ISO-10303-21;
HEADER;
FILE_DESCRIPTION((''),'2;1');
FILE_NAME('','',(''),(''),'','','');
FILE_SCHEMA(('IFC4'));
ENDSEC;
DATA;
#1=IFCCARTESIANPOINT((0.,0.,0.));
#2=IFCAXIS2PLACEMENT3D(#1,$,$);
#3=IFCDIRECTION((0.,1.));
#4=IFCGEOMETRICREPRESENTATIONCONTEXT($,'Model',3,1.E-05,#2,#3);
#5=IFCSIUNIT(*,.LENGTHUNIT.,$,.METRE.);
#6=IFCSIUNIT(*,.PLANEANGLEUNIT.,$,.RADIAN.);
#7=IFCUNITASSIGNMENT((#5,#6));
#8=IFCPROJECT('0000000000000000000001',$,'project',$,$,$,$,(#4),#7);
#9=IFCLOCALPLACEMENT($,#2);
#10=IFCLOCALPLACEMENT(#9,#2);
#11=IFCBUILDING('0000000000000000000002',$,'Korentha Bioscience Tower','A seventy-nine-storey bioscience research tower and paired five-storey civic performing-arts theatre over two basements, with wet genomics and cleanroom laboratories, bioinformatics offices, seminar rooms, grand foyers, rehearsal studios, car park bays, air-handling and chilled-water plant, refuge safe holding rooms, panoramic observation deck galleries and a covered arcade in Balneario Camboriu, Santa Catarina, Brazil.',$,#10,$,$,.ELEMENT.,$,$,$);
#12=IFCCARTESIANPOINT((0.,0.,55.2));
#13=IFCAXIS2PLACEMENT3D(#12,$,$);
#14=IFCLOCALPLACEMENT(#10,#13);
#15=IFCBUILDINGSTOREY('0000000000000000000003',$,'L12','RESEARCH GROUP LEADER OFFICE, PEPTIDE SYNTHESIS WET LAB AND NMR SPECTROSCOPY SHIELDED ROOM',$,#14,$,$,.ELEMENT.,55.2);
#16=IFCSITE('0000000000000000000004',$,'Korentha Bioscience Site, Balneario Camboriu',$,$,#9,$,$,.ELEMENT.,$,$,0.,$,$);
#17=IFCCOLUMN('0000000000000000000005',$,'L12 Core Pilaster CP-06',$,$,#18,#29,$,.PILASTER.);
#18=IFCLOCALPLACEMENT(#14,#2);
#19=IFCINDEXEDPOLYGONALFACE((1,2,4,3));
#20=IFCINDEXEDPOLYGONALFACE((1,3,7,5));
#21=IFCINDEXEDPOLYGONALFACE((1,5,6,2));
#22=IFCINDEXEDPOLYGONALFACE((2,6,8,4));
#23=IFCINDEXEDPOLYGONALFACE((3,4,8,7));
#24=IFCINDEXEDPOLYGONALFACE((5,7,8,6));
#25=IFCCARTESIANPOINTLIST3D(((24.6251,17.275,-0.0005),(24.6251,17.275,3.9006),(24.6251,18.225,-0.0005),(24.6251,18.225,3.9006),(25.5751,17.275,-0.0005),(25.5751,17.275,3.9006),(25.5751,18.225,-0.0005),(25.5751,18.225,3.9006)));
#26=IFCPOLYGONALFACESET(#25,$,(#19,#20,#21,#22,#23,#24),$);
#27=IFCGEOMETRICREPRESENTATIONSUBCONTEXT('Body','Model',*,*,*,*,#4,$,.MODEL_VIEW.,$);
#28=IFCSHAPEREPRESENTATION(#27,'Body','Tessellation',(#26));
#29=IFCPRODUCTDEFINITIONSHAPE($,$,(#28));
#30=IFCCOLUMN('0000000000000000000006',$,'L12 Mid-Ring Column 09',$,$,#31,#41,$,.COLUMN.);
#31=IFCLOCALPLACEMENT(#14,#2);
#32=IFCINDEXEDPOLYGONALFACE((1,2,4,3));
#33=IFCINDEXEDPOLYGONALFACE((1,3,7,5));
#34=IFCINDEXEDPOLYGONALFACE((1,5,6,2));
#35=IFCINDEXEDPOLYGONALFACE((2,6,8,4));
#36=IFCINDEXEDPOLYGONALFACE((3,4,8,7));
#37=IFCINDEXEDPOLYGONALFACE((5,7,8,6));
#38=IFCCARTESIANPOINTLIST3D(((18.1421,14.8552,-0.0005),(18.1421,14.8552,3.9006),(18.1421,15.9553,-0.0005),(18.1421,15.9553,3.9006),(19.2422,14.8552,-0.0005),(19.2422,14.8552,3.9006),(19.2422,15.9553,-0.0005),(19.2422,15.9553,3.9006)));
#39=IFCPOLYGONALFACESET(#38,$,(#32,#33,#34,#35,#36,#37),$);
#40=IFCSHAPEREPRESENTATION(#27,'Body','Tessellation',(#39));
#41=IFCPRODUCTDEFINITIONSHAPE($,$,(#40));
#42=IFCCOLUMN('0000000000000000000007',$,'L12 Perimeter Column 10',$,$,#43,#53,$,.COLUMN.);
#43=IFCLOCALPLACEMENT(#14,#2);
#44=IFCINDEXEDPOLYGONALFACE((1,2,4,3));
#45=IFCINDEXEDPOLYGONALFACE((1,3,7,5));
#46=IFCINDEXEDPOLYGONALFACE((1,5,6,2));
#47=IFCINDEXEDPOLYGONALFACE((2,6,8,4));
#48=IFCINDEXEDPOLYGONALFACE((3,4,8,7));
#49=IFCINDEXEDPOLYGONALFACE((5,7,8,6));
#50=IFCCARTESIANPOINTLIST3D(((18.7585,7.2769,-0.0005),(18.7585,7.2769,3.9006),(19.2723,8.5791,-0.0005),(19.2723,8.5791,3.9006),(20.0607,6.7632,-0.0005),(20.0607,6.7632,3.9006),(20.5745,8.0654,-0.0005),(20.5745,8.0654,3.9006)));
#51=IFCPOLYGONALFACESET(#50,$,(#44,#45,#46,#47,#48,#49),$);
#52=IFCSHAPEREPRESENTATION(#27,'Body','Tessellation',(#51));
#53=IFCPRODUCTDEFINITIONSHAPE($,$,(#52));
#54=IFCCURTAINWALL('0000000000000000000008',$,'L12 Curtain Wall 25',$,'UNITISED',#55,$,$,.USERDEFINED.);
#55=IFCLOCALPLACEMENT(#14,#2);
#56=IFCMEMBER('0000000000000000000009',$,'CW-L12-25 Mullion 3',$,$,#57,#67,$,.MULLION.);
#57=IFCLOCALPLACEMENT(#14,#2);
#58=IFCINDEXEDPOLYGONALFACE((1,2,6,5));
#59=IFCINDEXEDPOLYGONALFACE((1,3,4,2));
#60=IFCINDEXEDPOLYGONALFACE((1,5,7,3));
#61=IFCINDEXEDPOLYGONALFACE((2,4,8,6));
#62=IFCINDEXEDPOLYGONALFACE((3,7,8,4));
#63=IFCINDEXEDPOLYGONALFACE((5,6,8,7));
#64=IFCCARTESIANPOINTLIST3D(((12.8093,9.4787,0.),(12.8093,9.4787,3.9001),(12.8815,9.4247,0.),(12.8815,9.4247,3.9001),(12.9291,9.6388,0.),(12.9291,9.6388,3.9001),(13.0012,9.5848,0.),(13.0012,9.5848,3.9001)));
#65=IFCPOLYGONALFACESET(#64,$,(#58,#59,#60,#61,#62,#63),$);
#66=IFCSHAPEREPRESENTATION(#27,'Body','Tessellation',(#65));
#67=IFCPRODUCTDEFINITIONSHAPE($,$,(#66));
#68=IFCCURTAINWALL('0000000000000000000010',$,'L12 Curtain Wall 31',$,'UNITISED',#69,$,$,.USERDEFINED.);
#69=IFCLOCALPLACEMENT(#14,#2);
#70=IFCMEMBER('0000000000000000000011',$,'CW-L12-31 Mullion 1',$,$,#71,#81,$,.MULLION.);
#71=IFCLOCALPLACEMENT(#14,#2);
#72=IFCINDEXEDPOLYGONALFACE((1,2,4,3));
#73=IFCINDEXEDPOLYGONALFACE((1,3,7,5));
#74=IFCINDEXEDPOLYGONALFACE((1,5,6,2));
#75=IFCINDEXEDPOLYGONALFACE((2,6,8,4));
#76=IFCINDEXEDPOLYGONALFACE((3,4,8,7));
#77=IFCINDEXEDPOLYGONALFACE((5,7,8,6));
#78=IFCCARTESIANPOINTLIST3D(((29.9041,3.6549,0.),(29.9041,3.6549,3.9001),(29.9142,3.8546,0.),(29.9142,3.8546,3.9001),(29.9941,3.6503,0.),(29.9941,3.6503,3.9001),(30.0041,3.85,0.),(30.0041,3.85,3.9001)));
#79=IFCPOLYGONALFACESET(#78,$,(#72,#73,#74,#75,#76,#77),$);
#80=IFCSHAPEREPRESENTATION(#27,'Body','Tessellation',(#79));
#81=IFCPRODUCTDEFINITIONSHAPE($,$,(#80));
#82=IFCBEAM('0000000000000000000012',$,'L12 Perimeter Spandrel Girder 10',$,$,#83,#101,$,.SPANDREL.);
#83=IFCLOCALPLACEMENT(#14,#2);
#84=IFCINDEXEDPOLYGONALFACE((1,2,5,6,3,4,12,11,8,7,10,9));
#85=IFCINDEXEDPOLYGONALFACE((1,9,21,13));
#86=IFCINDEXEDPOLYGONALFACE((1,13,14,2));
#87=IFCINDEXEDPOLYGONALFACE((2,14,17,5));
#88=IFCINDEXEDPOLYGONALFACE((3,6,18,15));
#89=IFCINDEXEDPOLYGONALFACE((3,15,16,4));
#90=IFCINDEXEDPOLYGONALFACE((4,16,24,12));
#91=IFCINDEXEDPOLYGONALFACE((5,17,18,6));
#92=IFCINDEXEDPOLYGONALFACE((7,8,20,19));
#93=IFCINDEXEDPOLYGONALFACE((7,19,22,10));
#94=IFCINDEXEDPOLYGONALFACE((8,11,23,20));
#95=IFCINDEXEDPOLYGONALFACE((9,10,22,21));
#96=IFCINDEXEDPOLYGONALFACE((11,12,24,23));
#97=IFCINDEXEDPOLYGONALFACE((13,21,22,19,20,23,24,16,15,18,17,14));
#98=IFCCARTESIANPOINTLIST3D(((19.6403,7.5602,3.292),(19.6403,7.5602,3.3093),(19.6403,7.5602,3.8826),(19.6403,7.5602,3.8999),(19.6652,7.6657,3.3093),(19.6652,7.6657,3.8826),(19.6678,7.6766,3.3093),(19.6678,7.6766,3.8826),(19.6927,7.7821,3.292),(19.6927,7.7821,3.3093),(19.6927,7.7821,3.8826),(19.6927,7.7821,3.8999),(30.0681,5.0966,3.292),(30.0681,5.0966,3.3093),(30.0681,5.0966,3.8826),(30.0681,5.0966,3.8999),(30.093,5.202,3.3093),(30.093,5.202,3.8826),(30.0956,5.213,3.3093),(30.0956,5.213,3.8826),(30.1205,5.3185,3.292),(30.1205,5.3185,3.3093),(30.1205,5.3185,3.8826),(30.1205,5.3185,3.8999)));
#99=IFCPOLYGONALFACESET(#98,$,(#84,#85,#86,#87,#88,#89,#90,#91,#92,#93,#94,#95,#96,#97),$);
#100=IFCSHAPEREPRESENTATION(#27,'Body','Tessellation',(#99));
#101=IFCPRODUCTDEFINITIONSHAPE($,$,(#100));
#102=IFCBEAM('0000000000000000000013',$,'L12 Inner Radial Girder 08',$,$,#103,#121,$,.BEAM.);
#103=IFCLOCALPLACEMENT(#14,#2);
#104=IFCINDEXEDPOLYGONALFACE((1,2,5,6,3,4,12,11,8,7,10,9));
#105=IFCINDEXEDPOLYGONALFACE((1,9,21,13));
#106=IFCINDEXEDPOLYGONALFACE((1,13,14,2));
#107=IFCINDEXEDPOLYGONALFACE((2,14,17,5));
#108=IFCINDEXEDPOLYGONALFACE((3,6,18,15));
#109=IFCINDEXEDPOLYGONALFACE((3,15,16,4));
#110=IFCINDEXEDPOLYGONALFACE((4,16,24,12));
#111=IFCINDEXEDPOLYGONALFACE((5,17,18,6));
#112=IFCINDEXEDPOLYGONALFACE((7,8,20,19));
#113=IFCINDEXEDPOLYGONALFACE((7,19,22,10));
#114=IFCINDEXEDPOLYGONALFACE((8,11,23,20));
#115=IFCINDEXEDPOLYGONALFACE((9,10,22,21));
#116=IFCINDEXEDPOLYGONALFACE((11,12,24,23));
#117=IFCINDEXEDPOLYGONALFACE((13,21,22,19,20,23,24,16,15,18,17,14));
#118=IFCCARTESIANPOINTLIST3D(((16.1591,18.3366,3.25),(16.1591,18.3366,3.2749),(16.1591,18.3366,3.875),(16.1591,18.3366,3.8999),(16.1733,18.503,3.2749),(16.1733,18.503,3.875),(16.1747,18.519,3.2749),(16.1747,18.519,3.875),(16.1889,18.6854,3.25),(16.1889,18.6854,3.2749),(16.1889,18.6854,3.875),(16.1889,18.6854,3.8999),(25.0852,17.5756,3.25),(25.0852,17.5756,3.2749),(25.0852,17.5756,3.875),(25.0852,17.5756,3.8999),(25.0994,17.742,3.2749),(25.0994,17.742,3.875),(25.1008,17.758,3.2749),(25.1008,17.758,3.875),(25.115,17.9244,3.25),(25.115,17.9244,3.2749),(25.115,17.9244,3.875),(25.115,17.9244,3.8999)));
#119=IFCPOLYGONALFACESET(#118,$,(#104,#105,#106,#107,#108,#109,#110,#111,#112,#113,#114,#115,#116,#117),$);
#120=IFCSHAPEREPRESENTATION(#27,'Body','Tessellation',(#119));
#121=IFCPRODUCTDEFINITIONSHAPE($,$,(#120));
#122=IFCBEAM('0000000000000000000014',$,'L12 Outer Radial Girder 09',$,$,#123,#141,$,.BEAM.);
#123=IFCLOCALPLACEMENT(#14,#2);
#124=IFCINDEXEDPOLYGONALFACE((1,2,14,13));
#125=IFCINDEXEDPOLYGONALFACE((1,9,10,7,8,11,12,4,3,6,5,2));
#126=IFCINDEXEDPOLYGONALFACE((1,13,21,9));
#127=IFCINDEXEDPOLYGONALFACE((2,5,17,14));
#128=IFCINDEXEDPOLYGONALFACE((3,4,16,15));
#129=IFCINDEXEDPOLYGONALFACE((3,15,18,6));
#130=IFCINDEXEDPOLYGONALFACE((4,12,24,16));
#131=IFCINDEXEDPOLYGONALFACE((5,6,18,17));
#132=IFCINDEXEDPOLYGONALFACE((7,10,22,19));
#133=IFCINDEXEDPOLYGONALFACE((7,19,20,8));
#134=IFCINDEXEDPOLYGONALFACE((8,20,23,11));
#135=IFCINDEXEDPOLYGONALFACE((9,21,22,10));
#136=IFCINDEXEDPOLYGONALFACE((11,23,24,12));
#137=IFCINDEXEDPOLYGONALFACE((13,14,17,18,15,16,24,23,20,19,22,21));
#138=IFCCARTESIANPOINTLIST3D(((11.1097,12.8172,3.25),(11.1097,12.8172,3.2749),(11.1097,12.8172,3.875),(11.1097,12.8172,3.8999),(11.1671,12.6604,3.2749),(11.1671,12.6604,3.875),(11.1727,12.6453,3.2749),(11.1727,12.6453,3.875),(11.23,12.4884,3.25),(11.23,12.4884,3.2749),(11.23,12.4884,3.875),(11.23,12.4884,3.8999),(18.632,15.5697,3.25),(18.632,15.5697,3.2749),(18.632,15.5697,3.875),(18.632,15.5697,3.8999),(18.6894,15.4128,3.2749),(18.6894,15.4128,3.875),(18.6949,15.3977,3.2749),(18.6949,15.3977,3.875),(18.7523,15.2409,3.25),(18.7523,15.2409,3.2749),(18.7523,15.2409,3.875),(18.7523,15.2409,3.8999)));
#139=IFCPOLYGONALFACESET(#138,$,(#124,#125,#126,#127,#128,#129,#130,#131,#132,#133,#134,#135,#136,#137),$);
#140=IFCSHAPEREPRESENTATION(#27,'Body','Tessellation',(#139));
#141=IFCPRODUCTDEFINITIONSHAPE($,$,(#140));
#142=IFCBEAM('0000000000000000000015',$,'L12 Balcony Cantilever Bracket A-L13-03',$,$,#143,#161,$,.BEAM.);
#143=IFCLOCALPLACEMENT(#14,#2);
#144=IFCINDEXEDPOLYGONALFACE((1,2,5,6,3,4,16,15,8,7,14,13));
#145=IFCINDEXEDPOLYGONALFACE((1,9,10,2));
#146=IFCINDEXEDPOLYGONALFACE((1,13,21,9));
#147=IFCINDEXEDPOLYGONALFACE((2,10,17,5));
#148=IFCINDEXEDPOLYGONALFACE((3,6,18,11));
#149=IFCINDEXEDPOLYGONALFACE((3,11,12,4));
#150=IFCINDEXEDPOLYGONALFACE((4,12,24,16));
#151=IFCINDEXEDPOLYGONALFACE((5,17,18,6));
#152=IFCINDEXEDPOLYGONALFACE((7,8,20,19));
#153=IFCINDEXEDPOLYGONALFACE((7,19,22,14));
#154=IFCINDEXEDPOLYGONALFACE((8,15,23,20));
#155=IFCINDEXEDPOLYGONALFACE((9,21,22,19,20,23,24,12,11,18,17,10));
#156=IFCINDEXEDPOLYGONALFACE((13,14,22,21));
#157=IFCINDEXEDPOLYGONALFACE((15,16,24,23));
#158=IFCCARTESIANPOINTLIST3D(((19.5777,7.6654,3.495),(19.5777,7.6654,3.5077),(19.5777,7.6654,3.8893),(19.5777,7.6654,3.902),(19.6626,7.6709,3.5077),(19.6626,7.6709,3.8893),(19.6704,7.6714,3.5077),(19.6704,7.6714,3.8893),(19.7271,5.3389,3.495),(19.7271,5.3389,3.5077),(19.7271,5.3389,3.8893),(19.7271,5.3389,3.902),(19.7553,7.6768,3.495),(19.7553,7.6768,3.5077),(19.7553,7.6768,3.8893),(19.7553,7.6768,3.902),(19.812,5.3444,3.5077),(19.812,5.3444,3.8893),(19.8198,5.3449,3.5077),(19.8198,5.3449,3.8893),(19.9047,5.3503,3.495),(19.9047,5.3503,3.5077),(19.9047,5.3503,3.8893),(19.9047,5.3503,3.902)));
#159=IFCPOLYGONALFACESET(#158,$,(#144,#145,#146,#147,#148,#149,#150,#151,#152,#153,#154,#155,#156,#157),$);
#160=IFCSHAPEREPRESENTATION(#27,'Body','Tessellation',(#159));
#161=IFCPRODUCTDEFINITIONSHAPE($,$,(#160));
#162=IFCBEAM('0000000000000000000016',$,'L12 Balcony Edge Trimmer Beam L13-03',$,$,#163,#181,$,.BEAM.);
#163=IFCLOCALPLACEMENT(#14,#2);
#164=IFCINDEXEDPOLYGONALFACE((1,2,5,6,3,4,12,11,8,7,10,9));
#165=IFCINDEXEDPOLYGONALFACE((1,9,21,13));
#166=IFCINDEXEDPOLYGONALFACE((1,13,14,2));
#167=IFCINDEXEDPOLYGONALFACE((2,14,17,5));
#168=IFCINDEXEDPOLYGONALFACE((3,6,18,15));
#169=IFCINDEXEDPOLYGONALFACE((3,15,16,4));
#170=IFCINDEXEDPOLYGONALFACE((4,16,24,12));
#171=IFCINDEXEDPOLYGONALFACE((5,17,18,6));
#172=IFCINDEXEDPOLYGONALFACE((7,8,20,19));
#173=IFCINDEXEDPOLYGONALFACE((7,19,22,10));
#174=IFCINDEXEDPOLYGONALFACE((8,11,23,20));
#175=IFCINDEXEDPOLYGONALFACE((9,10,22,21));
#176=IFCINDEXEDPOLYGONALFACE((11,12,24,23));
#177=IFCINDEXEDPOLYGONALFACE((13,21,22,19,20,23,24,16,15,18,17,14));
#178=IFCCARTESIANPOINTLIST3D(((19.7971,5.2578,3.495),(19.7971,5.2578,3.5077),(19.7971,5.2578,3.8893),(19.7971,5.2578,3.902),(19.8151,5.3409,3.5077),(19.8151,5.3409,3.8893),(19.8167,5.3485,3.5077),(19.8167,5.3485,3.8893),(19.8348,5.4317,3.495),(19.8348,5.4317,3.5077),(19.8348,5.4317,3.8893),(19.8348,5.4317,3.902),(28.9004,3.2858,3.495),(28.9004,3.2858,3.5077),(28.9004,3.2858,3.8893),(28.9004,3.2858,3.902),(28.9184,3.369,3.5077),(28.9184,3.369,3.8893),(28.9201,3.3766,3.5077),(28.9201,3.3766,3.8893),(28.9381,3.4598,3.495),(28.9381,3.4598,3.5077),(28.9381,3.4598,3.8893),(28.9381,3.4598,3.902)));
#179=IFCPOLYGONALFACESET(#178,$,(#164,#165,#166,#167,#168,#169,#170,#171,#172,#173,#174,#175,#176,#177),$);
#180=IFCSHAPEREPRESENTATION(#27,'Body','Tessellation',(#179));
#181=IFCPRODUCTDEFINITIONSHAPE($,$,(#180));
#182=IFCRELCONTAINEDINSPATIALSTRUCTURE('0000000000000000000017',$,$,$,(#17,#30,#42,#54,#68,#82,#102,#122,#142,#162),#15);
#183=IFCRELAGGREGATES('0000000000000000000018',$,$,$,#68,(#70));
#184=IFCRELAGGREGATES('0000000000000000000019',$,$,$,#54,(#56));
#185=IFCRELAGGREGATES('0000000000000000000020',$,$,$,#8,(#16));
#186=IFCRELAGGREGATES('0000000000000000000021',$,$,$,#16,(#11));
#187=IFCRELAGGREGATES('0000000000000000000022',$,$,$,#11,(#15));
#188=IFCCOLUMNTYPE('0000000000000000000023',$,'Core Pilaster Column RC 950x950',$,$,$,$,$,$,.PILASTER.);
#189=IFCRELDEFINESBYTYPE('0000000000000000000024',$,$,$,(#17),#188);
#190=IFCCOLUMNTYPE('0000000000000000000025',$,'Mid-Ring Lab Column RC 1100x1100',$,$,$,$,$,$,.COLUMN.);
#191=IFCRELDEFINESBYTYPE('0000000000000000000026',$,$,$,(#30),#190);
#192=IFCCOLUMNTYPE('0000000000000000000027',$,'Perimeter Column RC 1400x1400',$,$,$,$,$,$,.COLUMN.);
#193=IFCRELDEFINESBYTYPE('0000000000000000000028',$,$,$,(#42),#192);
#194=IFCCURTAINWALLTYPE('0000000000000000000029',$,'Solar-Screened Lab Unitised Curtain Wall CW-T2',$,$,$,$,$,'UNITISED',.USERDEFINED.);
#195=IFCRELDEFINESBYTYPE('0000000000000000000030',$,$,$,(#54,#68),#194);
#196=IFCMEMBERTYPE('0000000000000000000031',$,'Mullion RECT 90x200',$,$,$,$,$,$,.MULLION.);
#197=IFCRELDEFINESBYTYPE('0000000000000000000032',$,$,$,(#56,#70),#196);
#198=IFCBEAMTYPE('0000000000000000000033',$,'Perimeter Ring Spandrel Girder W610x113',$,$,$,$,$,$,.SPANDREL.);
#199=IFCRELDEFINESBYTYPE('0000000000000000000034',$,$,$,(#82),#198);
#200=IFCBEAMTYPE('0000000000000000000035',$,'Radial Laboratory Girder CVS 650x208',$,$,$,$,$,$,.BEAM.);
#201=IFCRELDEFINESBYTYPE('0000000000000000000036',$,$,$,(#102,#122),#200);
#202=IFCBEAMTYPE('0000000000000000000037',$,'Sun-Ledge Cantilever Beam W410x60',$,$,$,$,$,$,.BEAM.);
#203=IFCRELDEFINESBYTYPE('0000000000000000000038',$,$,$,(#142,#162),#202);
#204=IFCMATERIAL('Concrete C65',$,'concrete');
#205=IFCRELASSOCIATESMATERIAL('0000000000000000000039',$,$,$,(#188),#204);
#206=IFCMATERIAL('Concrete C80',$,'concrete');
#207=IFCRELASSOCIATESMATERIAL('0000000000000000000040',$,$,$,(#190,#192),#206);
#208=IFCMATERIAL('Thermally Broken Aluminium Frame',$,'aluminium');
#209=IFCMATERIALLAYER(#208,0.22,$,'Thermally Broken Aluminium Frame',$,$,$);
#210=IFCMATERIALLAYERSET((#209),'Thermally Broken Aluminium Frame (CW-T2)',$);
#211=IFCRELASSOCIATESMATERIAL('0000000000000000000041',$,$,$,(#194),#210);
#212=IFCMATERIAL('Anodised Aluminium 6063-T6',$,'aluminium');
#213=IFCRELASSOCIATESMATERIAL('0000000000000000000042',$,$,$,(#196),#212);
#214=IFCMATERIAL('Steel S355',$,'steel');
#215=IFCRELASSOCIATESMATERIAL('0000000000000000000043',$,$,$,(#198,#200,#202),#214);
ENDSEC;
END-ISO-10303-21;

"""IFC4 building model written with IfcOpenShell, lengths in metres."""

from ifc_helpers import new_model, si_unit, direction, frame, origin, origin_2d, place, context, subcontext, project, spatial, rectangle, i_section, extrude, material, layer, layer_set, material_profile, profile_set, type_object, element, aggregate, save


model = new_model("IFC4")

# Units and contexts
model_context = context("Model", 3, precision=1e-05, world=origin(), true_north=direction((0.0, 1.0)))
body_context = subcontext(model_context, "Body", "Model", "MODEL_VIEW")
ifc_project = project(units=[si_unit("LENGTHUNIT", "METRE"), si_unit("PLANEANGLEUNIT", "RADIAN")], contexts=[model_context])

# Site, building, storey
site_placement = place(None, origin())
site = spatial("IfcSite", under=ifc_project, at=site_placement, Name="Korentha Bioscience Site, Balneario Camboriu", CompositionType="ELEMENT", RefElevation=0.0)
building_placement = place(site_placement, origin())
building = spatial("IfcBuilding", under=site, at=building_placement, Name="Korentha Bioscience Tower", Description="A seventy-nine-storey bioscience research tower and paired five-storey civic performing-arts theatre over two basements, with wet genomics and cleanroom laboratories, bioinformatics offices, seminar rooms, grand foyers, rehearsal studios, car park bays, air-handling and chilled-water plant, refuge safe holding rooms, panoramic observation deck galleries and a covered arcade in Balneario Camboriu, Santa Catarina, Brazil.", CompositionType="ELEMENT")
storey_placement = place(building_placement, frame((0.0, 0.0, 55.2)))
storey = spatial("IfcBuildingStorey", under=building, at=storey_placement, Name="L12", Description="RESEARCH GROUP LEADER OFFICE, PEPTIDE SYNTHESIS WET LAB AND NMR SPECTROSCOPY SHIELDED ROOM", CompositionType="ELEMENT", Elevation=55.2)

# Columns
ifc_material_1 = material(Name="Concrete C65", Category="concrete")
ifc_material_profile_1 = material_profile(ifc_material_1, rectangle(XDim=0.95, YDim=0.95, at=origin_2d()), Name="Concrete C65")
ifc_profile_set_1 = profile_set([ifc_material_profile_1], Name="Concrete C65 (COL-CP09)")
column_type_1 = type_object("IfcColumnType", Name="Core Pilaster Column RC 950x950", PredefinedType="PILASTER", material=ifc_profile_set_1)
column_1_placement = place(storey_placement, frame((25.1001, 17.75, -0.0005), z_axis=(0.0, 0.0, 1.0), x_axis=(1.0, 0.0, 0.0)))
element("IfcColumn", 1, at=column_1_placement, inside=storey, type_object=column_type_1, Name="L12 Core Pilaster CP-06", PredefinedType="PILASTER", context=body_context, shape_type="SweptSolid", body=[
    extrude(rectangle(XDim=0.95, YDim=0.95, at=origin_2d()), origin(), (0.0, 0.0, 1.0), 3.9011),
])
ifc_material_2 = material(Name="Concrete C80", Category="concrete")
ifc_material_profile_2 = material_profile(ifc_material_2, rectangle(XDim=1.1001, YDim=1.1001, at=origin_2d()), Name="Concrete C80")
ifc_profile_set_2 = profile_set([ifc_material_profile_2], Name="Concrete C80 (COL-MR11)")
column_type_2 = type_object("IfcColumnType", Name="Mid-Ring Lab Column RC 1100x1100", PredefinedType="COLUMN", material=ifc_profile_set_2)
column_2_placement = place(storey_placement, frame((18.6921, 15.4053, -0.0005), z_axis=(0.0, 0.0, 1.0), x_axis=(1.0, 0.0, 0.0)))
element("IfcColumn", 2, at=column_2_placement, inside=storey, type_object=column_type_2, Name="L12 Mid-Ring Column 09", PredefinedType="COLUMN", context=body_context, shape_type="SweptSolid", body=[
    extrude(rectangle(XDim=1.1001, YDim=1.1001, at=origin_2d()), origin(), (0.0, 0.0, 1.0), 3.9011),
])
ifc_material_profile_3 = material_profile(ifc_material_2, rectangle(XDim=1.3999, YDim=1.3999, at=origin_2d()), Name="Concrete C80")
ifc_profile_set_3 = profile_set([ifc_material_profile_3], Name="Concrete C80 (COL-P14)")
column_type_3 = type_object("IfcColumnType", Name="Perimeter Column RC 1400x1400", PredefinedType="COLUMN", material=ifc_profile_set_3)
column_3_placement = place(storey_placement, frame((19.6665, 7.6711, -0.0005), z_axis=(0.0, 0.0, 1.0), x_axis=(-0.930226, 0.366988, 0.0)))
element("IfcColumn", 3, at=column_3_placement, inside=storey, type_object=column_type_3, Name="L12 Perimeter Column 10", PredefinedType="COLUMN", context=body_context, shape_type="SweptSolid", body=[
    extrude(rectangle(XDim=1.3999, YDim=1.3999, at=origin_2d()), origin(), (0.0, 0.0, 1.0), 3.9011),
])

# Curtain walls, members
ifc_material_3 = material(Name="Thermally Broken Aluminium Frame", Category="aluminium")
ifc_layer_1 = layer(ifc_material_3, 0.22, Name="Thermally Broken Aluminium Frame")
ifc_layer_set_1 = layer_set([ifc_layer_1], Name="Thermally Broken Aluminium Frame (CW-T2)")
curtain_wall_type = type_object("IfcCurtainWallType", Name="Solar-Screened Lab Unitised Curtain Wall CW-T2", ElementType="UNITISED", PredefinedType="USERDEFINED", material=ifc_layer_set_1)
curtain_wall_1_placement = place(storey_placement, origin())
curtain_wall_1 = element("IfcCurtainWall", 4, at=curtain_wall_1_placement, inside=storey, type_object=curtain_wall_type, Name="L12 Curtain Wall 25", ObjectType="UNITISED", PredefinedType="USERDEFINED")
ifc_material_4 = material(Name="Anodised Aluminium 6063-T6", Category="aluminium")
ifc_material_profile_4 = material_profile(ifc_material_4, rectangle(XDim=0.0901, YDim=0.2, at=origin_2d()), Name="Anodised Aluminium 6063-T6")
ifc_profile_set_4 = profile_set([ifc_material_profile_4], Name="Anodised Aluminium 6063-T6 (CW-MUL)")
member_type_1 = type_object("IfcMemberType", Name="Mullion RECT 90x200", PredefinedType="MULLION", material=ifc_profile_set_4)
member_1_placement = place(storey_placement, frame((12.9053, 9.5317, 0.0), z_axis=(0.0, 0.0, 1.0), x_axis=(0.800798, -0.598935, 0.0)))
member_1 = element("IfcMember", 5, at=member_1_placement, type_object=member_type_1, Name="CW-L12-25 Mullion 3", PredefinedType="MULLION", context=body_context, shape_type="SweptSolid", body=[
    extrude(rectangle(XDim=0.0901, YDim=0.2, at=origin_2d()), origin(), (0.0, 0.0, 1.0), 3.9001),
])
curtain_wall_2_placement = place(storey_placement, origin())
curtain_wall_2 = element("IfcCurtainWall", 6, at=curtain_wall_2_placement, inside=storey, type_object=curtain_wall_type, Name="L12 Curtain Wall 31", ObjectType="UNITISED", PredefinedType="USERDEFINED")
member_2_placement = place(storey_placement, frame((29.9541, 3.7524, 0.0), z_axis=(0.0, 0.0, 1.0), x_axis=(0.998731, -0.050371, 0.0)))
member_2 = element("IfcMember", 7, at=member_2_placement, type_object=member_type_1, Name="CW-L12-31 Mullion 1", PredefinedType="MULLION", context=body_context, shape_type="SweptSolid", body=[
    extrude(rectangle(XDim=0.0901, YDim=0.2, at=origin_2d()), origin(), (0.0, 0.0, 1.0), 3.9001),
])

# Beams
ifc_material_5 = material(Name="Steel S355", Category="steel")
ifc_material_profile_5 = material_profile(ifc_material_5, i_section(OverallWidth=0.228, OverallDepth=0.6079, WebThickness=0.0112, FlangeThickness=0.0173, at=origin_2d()), Name="Steel S355")
ifc_profile_set_5 = profile_set([ifc_material_profile_5], Name="Steel S355 (SB-610)")
beam_type_1 = type_object("IfcBeamType", Name="Perimeter Ring Spandrel Girder W610x113", PredefinedType="SPANDREL", material=ifc_profile_set_5)
beam_1_placement = place(storey_placement, frame((19.6665, 7.6711, 3.5959), z_axis=(0.973208, -0.229927, 0.0), x_axis=(0.229927, 0.973208, 0.0)))
element("IfcBeam", 8, at=beam_1_placement, inside=storey, type_object=beam_type_1, Name="L12 Perimeter Spandrel Girder 10", PredefinedType="SPANDREL", context=body_context, shape_type="SweptSolid", body=[
    extrude(i_section(OverallWidth=0.228, OverallDepth=0.6079, WebThickness=0.0112, FlangeThickness=0.0173, at=origin_2d()), origin(), (0.0, 0.0, 1.0), 10.7148),
])
ifc_material_profile_6 = material_profile(ifc_material_5, i_section(OverallWidth=0.3501, OverallDepth=0.6499, WebThickness=0.0161, FlangeThickness=0.0249, at=origin_2d()), Name="Steel S355")
ifc_profile_set_6 = profile_set([ifc_material_profile_6], Name="Steel S355 (RB-650)")
beam_type_2 = type_object("IfcBeamType", Name="Radial Laboratory Girder CVS 650x208", PredefinedType="BEAM", material=ifc_profile_set_6)
beam_2_placement = place(storey_placement, frame((25.1001, 17.75, 3.575), z_axis=(-0.996386, 0.084947, 0.0), x_axis=(-0.084947, -0.996386, 0.0)))
element("IfcBeam", 9, at=beam_2_placement, inside=storey, type_object=beam_type_2, Name="L12 Inner Radial Girder 08", PredefinedType="BEAM", context=body_context, shape_type="SweptSolid", body=[
    extrude(i_section(OverallWidth=0.3501, OverallDepth=0.6499, WebThickness=0.0161, FlangeThickness=0.0249, at=origin_2d()), origin(), (0.0, 0.0, 1.0), 8.9585),
])
beam_3_placement = place(storey_placement, frame((18.6921, 15.4053, 3.575), z_axis=(-0.939106, -0.343627, 0.0), x_axis=(0.343627, -0.939106, 0.0)))
element("IfcBeam", 10, at=beam_3_placement, inside=storey, type_object=beam_type_2, Name="L12 Outer Radial Girder 09", PredefinedType="BEAM", context=body_context, shape_type="SweptSolid", body=[
    extrude(i_section(OverallWidth=0.3501, OverallDepth=0.6499, WebThickness=0.0161, FlangeThickness=0.0249, at=origin_2d()), origin(), (0.0, 0.0, 1.0), 8.01),
])
ifc_material_profile_7 = material_profile(ifc_material_5, i_section(OverallWidth=0.178, OverallDepth=0.407, WebThickness=0.0078, FlangeThickness=0.0127, at=origin_2d()), Name="Steel S355")
ifc_profile_set_7 = profile_set([ifc_material_profile_7], Name="Steel S355 (CB-410)")
beam_type_3 = type_object("IfcBeamType", Name="Sun-Ledge Cantilever Beam W410x60", PredefinedType="BEAM", material=ifc_profile_set_7)
beam_4_placement = place(storey_placement, frame((19.6665, 7.6711, 3.6985), z_axis=(0.064093, -0.997944, 0.0), x_axis=(0.997944, 0.064093, 0.0)))
element("IfcBeam", 11, at=beam_4_placement, inside=storey, type_object=beam_type_3, Name="L12 Balcony Cantilever Bracket A-L13-03", PredefinedType="BEAM", context=body_context, shape_type="SweptSolid", body=[
    extrude(i_section(OverallWidth=0.178, OverallDepth=0.407, WebThickness=0.0078, FlangeThickness=0.0127, at=origin_2d()), origin(), (0.0, 0.0, 1.0), 2.3313),
])
beam_5_placement = place(storey_placement, frame((19.8159, 5.3447, 3.6985), z_axis=(0.977333, -0.211707, 0.0), x_axis=(0.211707, 0.977333, 0.0)))
element("IfcBeam", 12, at=beam_5_placement, inside=storey, type_object=beam_type_3, Name="L12 Balcony Edge Trimmer Beam L13-03", PredefinedType="BEAM", context=body_context, shape_type="SweptSolid", body=[
    extrude(i_section(OverallWidth=0.178, OverallDepth=0.407, WebThickness=0.0078, FlangeThickness=0.0127, at=origin_2d()), origin(), (0.0, 0.0, 1.0), 9.3145),
])

aggregate(curtain_wall_2, [member_2])

aggregate(curtain_wall_1, [member_1])

save(model, "model.ifc")
